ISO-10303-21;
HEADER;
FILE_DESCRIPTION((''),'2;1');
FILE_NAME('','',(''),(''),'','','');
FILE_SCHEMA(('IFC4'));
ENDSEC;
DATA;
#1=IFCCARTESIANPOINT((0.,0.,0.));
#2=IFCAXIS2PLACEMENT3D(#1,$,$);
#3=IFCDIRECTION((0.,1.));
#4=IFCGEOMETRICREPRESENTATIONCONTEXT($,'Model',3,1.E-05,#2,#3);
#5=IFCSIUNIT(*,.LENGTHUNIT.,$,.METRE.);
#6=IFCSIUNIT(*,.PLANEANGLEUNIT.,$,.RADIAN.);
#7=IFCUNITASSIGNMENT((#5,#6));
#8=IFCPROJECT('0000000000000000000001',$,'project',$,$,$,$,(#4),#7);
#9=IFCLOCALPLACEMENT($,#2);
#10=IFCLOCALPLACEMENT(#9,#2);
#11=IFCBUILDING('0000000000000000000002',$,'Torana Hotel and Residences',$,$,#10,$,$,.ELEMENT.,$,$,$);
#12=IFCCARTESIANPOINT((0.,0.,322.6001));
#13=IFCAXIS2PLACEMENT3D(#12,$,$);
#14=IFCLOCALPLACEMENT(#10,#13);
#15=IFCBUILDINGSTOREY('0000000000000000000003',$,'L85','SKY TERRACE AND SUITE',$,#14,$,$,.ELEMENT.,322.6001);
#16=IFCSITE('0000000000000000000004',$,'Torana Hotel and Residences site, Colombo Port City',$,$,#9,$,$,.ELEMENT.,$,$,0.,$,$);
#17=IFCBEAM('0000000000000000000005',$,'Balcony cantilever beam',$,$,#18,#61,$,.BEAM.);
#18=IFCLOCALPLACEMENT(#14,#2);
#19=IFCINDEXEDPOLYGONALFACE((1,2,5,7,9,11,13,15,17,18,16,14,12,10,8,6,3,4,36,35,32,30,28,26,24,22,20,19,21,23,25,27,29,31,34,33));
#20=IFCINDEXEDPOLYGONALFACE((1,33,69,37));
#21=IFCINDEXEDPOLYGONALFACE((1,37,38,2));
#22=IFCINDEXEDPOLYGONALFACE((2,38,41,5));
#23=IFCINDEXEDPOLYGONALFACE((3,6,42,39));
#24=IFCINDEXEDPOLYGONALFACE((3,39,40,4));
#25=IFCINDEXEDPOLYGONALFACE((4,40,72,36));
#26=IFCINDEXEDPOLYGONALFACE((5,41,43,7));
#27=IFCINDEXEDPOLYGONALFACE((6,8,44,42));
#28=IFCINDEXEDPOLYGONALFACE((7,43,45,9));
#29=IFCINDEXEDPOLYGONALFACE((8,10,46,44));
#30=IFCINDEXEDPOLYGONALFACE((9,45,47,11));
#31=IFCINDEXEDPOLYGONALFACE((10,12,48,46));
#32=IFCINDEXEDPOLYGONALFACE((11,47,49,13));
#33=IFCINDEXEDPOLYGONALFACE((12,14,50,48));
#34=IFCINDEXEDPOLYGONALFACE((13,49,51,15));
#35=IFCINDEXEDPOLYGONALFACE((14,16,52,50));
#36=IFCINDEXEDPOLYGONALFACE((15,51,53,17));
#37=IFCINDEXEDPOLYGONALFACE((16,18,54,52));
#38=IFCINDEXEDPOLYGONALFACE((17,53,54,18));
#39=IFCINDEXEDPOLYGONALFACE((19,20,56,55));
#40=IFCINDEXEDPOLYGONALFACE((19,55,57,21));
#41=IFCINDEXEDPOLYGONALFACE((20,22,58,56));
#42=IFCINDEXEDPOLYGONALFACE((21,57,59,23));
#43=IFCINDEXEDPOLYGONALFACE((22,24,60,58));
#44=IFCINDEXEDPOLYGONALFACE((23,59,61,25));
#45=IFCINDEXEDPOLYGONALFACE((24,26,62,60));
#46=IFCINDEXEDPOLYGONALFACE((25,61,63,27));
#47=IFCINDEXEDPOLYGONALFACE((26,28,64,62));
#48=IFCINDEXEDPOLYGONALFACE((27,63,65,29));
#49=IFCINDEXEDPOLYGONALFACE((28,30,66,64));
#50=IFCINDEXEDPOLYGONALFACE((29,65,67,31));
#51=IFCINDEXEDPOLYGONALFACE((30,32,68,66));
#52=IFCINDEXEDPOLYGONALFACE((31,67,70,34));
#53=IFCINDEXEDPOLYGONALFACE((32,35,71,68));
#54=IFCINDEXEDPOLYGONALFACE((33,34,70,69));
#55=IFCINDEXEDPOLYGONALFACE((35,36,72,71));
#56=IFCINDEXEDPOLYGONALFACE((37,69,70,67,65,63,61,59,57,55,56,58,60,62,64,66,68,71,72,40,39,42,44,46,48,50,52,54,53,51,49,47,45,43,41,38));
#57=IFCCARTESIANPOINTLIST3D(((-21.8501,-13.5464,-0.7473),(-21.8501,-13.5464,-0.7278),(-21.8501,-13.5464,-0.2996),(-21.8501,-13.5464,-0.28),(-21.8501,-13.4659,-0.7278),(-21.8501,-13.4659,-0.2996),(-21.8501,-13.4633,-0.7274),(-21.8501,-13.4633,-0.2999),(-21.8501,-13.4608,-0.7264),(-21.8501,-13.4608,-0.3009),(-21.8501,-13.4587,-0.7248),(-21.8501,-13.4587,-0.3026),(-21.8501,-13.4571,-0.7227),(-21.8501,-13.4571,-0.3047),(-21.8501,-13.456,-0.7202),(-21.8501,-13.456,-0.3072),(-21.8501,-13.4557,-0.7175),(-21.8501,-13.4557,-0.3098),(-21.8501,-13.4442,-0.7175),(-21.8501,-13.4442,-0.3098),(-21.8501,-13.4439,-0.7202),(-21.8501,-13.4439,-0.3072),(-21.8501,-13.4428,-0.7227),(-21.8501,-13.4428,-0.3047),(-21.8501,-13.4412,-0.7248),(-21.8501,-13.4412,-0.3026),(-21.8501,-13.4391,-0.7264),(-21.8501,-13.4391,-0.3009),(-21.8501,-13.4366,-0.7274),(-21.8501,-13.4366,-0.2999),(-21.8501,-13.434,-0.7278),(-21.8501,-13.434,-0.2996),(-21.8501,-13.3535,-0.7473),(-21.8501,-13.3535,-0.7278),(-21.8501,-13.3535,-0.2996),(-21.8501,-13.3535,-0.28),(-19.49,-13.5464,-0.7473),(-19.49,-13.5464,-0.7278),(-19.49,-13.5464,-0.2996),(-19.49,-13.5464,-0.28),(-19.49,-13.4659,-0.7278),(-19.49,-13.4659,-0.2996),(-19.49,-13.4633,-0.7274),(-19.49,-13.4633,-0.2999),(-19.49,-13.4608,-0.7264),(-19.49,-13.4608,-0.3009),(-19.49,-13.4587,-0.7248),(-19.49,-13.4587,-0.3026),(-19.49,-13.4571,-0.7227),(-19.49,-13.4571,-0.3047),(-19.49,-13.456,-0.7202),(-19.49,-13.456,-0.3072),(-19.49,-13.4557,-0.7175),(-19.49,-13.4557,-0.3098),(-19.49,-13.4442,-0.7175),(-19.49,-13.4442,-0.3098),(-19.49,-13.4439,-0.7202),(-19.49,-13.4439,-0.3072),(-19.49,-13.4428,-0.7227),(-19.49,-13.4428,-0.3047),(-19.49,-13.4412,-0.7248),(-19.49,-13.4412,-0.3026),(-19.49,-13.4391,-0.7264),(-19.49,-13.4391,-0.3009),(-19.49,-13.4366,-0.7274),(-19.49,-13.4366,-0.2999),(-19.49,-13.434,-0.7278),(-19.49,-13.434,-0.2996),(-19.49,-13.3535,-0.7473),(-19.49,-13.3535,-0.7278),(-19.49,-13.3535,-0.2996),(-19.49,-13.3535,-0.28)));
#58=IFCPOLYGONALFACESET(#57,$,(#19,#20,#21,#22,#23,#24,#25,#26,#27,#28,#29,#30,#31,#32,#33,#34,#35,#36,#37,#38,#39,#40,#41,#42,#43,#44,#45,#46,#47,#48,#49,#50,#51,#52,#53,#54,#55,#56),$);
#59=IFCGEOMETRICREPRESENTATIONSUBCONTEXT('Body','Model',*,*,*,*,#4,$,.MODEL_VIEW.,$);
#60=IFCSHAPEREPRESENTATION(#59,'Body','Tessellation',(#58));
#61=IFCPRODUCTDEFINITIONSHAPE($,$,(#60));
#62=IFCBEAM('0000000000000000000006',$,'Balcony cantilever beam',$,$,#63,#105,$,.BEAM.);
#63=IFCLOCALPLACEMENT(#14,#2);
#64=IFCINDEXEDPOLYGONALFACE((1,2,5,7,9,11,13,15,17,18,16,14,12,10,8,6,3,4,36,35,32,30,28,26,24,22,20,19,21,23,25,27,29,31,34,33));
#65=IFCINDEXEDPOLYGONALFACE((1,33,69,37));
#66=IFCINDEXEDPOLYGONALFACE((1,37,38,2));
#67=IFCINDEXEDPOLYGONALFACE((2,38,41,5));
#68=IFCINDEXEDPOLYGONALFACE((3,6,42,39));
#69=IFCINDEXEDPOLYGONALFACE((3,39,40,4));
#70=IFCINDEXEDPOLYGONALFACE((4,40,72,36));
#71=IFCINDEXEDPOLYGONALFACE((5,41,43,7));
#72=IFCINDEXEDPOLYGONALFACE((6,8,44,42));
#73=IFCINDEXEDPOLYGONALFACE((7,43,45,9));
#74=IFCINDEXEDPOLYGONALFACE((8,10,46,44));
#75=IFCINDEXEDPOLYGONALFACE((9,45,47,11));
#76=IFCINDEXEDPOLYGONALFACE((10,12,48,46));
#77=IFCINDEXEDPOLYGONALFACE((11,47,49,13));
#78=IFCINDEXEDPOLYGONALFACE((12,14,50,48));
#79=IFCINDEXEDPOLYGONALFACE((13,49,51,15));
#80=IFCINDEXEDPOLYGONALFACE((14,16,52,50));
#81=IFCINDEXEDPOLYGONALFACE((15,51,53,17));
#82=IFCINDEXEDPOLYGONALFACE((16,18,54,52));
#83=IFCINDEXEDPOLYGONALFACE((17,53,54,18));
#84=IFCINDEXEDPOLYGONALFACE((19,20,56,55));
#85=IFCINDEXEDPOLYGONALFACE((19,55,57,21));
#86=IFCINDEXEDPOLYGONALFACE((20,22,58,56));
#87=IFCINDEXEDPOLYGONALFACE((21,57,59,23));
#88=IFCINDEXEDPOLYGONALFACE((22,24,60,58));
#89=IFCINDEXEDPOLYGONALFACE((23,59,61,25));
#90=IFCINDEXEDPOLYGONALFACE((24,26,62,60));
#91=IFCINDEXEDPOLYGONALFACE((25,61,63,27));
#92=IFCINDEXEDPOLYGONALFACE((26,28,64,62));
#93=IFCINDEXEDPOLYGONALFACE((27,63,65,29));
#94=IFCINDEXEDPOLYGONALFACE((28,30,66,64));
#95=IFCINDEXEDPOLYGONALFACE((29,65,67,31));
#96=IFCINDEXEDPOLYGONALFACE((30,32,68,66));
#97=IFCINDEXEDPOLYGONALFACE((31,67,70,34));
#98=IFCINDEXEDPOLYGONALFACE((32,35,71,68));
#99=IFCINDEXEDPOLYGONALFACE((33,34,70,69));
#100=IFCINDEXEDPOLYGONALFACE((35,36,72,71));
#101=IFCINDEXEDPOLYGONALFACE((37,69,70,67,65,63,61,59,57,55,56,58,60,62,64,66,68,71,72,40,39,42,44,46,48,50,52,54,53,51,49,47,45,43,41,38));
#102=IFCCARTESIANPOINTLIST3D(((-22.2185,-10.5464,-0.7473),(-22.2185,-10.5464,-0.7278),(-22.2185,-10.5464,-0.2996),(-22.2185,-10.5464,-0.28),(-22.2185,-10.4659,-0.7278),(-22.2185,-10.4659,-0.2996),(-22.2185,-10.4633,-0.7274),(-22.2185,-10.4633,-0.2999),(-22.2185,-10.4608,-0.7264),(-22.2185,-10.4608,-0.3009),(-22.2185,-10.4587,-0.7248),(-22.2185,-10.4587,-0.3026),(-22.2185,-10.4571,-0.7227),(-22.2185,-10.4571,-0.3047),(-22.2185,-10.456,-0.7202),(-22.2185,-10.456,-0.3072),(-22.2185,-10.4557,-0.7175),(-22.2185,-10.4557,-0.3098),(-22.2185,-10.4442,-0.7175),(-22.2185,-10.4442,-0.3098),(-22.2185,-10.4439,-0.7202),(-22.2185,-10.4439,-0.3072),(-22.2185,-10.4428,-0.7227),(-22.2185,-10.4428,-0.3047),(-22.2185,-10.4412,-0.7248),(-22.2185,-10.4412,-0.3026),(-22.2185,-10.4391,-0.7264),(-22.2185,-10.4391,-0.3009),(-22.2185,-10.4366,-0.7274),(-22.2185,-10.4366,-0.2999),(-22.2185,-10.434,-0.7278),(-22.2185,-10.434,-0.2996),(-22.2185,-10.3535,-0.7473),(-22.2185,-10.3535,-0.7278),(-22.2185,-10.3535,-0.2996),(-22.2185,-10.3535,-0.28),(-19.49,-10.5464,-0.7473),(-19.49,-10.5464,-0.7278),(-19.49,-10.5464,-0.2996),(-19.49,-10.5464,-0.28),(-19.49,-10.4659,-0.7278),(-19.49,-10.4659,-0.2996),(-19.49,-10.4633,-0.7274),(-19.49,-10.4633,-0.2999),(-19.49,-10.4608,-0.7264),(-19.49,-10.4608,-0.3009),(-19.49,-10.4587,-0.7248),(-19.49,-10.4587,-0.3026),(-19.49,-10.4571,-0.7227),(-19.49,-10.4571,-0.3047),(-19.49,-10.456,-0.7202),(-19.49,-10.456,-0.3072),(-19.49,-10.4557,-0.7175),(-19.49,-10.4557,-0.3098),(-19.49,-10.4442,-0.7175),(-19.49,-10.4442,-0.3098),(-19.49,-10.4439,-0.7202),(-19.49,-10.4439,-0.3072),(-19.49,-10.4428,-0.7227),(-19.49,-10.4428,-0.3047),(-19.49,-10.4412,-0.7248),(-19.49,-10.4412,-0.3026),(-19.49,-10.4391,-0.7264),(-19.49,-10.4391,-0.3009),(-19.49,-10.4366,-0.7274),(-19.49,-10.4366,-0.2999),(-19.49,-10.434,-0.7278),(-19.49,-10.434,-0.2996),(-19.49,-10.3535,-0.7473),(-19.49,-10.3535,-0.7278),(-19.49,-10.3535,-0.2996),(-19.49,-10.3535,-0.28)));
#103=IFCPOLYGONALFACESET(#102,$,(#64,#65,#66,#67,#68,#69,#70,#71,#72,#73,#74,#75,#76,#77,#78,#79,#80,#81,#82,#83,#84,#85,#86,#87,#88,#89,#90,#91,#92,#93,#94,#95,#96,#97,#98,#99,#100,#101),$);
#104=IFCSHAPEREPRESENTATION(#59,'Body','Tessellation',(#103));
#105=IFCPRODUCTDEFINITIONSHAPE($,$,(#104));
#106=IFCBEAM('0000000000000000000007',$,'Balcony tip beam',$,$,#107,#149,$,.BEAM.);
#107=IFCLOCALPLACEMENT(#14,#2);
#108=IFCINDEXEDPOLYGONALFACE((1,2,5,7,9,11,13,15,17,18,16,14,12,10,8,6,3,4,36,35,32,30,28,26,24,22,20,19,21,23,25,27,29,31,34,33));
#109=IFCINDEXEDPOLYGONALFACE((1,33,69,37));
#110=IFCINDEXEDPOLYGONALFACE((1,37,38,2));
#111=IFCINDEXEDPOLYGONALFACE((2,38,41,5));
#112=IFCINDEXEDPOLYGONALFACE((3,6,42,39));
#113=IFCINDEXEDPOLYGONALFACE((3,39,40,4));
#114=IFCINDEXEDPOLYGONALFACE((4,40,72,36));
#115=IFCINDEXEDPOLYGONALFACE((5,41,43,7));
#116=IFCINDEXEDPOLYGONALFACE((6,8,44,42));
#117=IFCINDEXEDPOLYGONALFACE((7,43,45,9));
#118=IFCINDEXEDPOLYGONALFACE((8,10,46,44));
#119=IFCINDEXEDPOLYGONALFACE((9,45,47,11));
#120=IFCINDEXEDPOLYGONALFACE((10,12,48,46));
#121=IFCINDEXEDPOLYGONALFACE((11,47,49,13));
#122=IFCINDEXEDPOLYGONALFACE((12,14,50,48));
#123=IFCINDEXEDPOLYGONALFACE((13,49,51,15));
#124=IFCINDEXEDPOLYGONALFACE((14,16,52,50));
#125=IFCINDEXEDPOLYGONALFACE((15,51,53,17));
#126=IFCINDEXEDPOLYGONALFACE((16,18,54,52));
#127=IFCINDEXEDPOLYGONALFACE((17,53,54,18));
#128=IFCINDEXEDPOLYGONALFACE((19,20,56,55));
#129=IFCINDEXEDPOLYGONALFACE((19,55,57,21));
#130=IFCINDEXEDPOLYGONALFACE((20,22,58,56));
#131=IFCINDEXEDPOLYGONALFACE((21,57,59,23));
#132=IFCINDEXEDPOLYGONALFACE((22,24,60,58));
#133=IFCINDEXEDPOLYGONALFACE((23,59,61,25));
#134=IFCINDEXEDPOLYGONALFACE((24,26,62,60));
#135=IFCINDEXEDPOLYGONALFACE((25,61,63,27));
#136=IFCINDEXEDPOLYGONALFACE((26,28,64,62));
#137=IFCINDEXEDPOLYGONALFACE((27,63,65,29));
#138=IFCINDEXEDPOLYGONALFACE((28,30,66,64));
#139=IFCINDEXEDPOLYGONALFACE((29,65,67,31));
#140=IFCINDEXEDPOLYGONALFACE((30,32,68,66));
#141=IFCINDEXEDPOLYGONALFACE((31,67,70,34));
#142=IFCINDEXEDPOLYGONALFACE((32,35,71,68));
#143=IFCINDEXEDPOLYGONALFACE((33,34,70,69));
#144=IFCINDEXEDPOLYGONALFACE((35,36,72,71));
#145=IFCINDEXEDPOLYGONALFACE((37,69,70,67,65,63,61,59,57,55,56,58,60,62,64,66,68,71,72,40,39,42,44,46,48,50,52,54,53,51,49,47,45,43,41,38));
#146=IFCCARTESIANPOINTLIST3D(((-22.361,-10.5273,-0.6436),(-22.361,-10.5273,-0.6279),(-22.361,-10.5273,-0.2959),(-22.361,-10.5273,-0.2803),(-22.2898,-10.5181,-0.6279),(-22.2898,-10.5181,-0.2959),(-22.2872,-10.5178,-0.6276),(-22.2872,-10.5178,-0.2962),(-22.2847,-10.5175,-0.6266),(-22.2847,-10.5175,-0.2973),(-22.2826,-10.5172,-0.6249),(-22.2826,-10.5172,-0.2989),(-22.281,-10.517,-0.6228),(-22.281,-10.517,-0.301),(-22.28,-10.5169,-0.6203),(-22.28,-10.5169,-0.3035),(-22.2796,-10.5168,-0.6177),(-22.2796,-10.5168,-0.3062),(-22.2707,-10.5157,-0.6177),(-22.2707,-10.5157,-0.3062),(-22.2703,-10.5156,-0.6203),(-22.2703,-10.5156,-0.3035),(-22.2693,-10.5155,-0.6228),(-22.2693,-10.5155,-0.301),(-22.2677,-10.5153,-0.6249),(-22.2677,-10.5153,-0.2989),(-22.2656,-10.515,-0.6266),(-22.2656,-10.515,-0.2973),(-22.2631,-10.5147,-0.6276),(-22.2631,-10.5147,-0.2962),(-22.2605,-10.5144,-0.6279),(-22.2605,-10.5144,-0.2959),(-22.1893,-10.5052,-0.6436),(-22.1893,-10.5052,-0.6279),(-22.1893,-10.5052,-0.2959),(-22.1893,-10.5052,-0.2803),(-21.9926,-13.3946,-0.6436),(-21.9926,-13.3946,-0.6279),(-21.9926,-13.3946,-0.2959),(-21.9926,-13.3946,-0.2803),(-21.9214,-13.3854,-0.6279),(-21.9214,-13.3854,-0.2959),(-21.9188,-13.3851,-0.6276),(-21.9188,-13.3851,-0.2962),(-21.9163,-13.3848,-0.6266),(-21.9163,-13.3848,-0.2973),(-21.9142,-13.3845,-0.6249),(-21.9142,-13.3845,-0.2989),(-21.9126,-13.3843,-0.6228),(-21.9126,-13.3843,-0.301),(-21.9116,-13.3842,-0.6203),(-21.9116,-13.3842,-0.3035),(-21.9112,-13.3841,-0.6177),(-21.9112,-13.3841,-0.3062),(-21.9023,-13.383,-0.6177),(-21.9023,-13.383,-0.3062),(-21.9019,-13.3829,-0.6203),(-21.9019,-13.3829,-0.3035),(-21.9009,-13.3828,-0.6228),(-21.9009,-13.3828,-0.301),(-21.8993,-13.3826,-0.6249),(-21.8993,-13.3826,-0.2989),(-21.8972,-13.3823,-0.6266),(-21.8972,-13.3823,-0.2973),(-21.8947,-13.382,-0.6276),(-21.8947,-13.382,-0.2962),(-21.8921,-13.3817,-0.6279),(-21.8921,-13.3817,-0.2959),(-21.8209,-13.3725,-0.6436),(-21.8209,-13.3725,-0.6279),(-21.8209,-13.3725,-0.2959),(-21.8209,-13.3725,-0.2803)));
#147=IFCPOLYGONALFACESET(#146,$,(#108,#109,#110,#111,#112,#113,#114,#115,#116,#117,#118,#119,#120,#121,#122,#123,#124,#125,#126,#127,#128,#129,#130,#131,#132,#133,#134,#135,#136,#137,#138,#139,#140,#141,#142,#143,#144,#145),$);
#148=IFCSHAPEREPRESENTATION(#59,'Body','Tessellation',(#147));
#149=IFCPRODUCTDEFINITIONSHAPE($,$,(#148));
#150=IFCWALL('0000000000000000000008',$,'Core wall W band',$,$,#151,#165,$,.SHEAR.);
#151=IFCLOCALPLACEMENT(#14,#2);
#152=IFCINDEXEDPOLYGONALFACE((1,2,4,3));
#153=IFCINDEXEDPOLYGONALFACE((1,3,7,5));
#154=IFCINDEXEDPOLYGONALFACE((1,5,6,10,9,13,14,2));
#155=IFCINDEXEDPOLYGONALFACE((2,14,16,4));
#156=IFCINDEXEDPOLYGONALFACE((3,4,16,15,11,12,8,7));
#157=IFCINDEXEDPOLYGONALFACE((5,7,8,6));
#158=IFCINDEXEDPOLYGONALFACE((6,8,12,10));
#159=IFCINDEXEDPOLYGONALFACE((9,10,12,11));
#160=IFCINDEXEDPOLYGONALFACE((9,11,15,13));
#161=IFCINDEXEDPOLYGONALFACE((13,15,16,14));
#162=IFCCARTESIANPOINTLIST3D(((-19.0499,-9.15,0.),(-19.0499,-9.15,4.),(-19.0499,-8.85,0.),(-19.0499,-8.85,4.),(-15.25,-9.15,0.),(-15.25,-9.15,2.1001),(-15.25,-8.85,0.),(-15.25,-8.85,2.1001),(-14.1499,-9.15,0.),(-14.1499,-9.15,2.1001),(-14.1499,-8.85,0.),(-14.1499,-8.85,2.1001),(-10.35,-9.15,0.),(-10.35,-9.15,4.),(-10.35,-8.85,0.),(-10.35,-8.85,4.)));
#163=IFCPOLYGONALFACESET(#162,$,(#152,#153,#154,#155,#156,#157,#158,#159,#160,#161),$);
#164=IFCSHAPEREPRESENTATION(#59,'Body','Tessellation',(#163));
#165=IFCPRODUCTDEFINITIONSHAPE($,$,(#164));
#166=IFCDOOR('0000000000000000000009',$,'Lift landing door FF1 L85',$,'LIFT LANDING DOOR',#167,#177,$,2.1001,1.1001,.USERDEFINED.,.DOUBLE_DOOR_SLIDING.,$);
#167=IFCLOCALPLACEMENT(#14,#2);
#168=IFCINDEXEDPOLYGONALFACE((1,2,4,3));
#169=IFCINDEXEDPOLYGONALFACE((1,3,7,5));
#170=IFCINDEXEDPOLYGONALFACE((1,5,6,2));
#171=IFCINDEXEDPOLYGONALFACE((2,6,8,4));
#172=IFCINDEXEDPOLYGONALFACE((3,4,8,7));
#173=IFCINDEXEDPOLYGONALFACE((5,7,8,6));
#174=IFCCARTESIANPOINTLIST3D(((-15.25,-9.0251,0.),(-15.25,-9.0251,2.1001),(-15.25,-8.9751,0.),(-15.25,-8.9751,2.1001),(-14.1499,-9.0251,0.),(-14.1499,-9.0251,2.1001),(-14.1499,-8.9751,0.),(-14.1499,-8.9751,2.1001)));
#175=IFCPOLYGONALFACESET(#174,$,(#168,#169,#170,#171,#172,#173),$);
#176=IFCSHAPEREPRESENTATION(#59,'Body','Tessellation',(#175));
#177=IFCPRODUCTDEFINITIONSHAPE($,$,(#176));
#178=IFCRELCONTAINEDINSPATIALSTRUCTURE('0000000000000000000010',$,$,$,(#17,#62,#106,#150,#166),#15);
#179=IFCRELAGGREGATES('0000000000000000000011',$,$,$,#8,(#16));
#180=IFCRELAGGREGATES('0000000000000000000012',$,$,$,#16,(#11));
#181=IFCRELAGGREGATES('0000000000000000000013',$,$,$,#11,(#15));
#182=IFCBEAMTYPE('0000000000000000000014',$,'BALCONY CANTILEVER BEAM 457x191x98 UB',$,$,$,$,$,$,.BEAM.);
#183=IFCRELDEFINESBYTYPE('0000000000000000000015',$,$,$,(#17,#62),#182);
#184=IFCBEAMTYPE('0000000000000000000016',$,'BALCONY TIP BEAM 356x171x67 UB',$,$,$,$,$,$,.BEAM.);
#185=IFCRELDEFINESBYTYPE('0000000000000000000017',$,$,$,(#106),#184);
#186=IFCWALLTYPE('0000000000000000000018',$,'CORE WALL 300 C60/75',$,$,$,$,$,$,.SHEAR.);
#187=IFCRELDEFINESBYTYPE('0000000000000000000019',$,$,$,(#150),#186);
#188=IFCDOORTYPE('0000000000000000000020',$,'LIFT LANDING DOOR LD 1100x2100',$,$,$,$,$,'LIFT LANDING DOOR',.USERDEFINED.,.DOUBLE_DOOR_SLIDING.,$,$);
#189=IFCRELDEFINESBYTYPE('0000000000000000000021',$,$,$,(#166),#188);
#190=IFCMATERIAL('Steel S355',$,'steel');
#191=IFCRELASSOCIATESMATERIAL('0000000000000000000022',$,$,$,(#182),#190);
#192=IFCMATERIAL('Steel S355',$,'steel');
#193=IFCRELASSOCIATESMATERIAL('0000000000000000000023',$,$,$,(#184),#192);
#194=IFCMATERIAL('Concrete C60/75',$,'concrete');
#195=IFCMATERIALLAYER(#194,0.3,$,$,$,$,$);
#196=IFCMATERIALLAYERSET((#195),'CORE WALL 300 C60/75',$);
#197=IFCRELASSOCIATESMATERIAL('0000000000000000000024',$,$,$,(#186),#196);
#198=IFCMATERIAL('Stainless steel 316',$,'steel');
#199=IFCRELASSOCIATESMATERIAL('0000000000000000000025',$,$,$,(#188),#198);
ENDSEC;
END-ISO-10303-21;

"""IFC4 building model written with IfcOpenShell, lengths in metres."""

from ifc_helpers import new_model, si_unit, direction, frame, frame_2d, origin, origin_2d, place, context, subcontext, project, spatial, rectangle, i_section, extrude, material, layer, layer_set, material_profile, profile_set, type_object, element, fill, save


model = new_model("IFC4")

# Units and contexts
model_context = context("Model", 3, precision=1e-05, world=origin(), true_north=direction((0.0, 1.0)))
body_context = subcontext(model_context, "Body", "Model", "MODEL_VIEW")
ifc_project = project(units=[si_unit("LENGTHUNIT", "METRE"), si_unit("PLANEANGLEUNIT", "RADIAN")], contexts=[model_context])

# Site, building, storey
site_placement = place(None, origin())
site = spatial("IfcSite", under=ifc_project, at=site_placement, Name="Torana Hotel and Residences site, Colombo Port City", CompositionType="ELEMENT", RefElevation=0.0)
building_placement = place(site_placement, origin())
building = spatial("IfcBuilding", under=site, at=building_placement, Name="Torana Hotel and Residences", CompositionType="ELEMENT")
storey_placement = place(building_placement, frame((0.0, 0.0, 322.6001)))
storey = spatial("IfcBuildingStorey", under=building, at=storey_placement, Name="L85", Description="SKY TERRACE AND SUITE", CompositionType="ELEMENT", Elevation=322.6001)

# Beams
ifc_material_1 = material(Name="Steel S355", Category="steel")
ifc_material_profile_1 = material_profile(ifc_material_1, i_section(OverallWidth=0.1929, OverallDepth=0.4673, WebThickness=0.0115, FlangeThickness=0.0195, FilletRadius=0.0103, at=origin_2d()), Name="457x191x98 UB")
ifc_profile_set_1 = profile_set([ifc_material_profile_1], Name="Steel S355")
beam_type_1 = type_object("IfcBeamType", Name="BALCONY CANTILEVER BEAM 457x191x98 UB", PredefinedType="BEAM", material=ifc_profile_set_1)
beam_1_placement = place(storey_placement, frame((-19.49, -13.45, -0.5137), z_axis=(-1.0, 0.0, 0.0), x_axis=(0.0, -1.0, 0.0)))
element("IfcBeam", 1, at=beam_1_placement, inside=storey, type_object=beam_type_1, Name="Balcony cantilever beam", PredefinedType="BEAM", context=body_context, shape_type="SweptSolid", body=[
    extrude(i_section(OverallWidth=0.1929, OverallDepth=0.4673, WebThickness=0.0115, FlangeThickness=0.0195, FilletRadius=0.0103, at=origin_2d()), origin(), (0.0, 0.0, 1.0), 2.3601),
])
beam_2_placement = place(storey_placement, frame((-19.49, -10.45, -0.5137), z_axis=(-1.0, 0.0, 0.0), x_axis=(0.0, -1.0, 0.0)))
element("IfcBeam", 2, at=beam_2_placement, inside=storey, type_object=beam_type_1, Name="Balcony cantilever beam", PredefinedType="BEAM", context=body_context, shape_type="SweptSolid", body=[
    extrude(i_section(OverallWidth=0.1929, OverallDepth=0.4673, WebThickness=0.0115, FlangeThickness=0.0195, FilletRadius=0.0103, at=origin_2d()), origin(), (0.0, 0.0, 1.0), 2.7285),
])
ifc_material_2 = material(Name="Steel S355", Category="steel")
ifc_material_profile_2 = material_profile(ifc_material_2, i_section(OverallWidth=0.1731, OverallDepth=0.3633, WebThickness=0.009, FlangeThickness=0.0156, FilletRadius=0.0103, at=origin_2d()), Name="356x171x67 UB")
ifc_profile_set_2 = profile_set([ifc_material_profile_2], Name="Steel S355")
beam_type_2 = type_object("IfcBeamType", Name="BALCONY TIP BEAM 356x171x67 UB", PredefinedType="BEAM", material=ifc_profile_set_2)
beam_3_placement = place(storey_placement, frame((-21.9067, -13.3835, -0.4619), z_axis=(-0.127443, 0.991846, 0.0), x_axis=(-0.991846, -0.127443, 0.0)))
element("IfcBeam", 3, at=beam_3_placement, inside=storey, type_object=beam_type_2, Name="Balcony tip beam", PredefinedType="BEAM", context=body_context, shape_type="SweptSolid", body=[
    extrude(i_section(OverallWidth=0.1731, OverallDepth=0.3633, WebThickness=0.009, FlangeThickness=0.0156, FilletRadius=0.0103, at=origin_2d()), origin(), (0.0, 0.0, 1.0), 2.8909),
])

# Wall, opening, door
ifc_material_3 = material(Name="Concrete C60/75", Category="concrete")
ifc_layer_1 = layer(ifc_material_3, 0.3)
ifc_layer_set_1 = layer_set([ifc_layer_1], Name="CORE WALL 300 C60/75")
wall_type_1 = type_object("IfcWallType", Name="CORE WALL 300 C60/75", PredefinedType="SHEAR", material=ifc_layer_set_1)
wall_1_placement = place(storey_placement, frame((-19.05, -9.0, 0.0), z_axis=(0.0, 0.0, 1.0), x_axis=(1.0, 0.0, 0.0)))
wall_1 = element("IfcWall", 4, at=wall_1_placement, inside=storey, type_object=wall_type_1, Name="Core wall W band", PredefinedType="SHEAR", context=body_context, shape_type="SweptSolid", body=[
    extrude(rectangle(XDim=8.7, YDim=0.3, at=frame_2d((4.3501, 0.0))), origin(), (0.0, 0.0, 1.0), 4.0),
])
opening_1_placement = place(wall_1_placement, frame((3.8, 0.0, 0.0)))
opening_1 = element("IfcOpeningElement", 5, at=opening_1_placement, cuts=wall_1, PredefinedType="OPENING", context=body_context, shape_type="SweptSolid", body=[
    extrude(rectangle(XDim=1.1001, YDim=2.1001, at=frame_2d((0.55, 1.05))), frame((0.0, 0.1599, 0.0), z_axis=(0.0, -1.0, 0.0), x_axis=(1.0, 0.0, 0.0)), (0.0, 0.0, 1.0), 0.3201),
])
ifc_material_4 = material(Name="Stainless steel 316", Category="steel")
door_type_1 = type_object("IfcDoorType", Name="LIFT LANDING DOOR LD 1100x2100", ElementType="LIFT LANDING DOOR", OperationType="DOUBLE_DOOR_SLIDING", PredefinedType="USERDEFINED", material=ifc_material_4)
door_1_placement = place(opening_1_placement, origin())
door_1 = element("IfcDoor", 6, at=door_1_placement, inside=storey, type_object=door_type_1, Name="Lift landing door FF1 L85", ObjectType="LIFT LANDING DOOR", OperationType="DOUBLE_DOOR_SLIDING", OverallHeight=2.1001, OverallWidth=1.1001, PredefinedType="USERDEFINED", context=body_context, shape_type="SweptSolid", body=[
    extrude(rectangle(XDim=1.1001, YDim=2.1001, at=frame_2d((0.55, 1.05))), frame((0.0, 0.0249, 0.0), z_axis=(0.0, -1.0, 0.0), x_axis=(1.0, 0.0, 0.0)), (0.0, 0.0, 1.0), 0.05),
])
fill(opening_1, door_1)

save(model, "model.ifc")
